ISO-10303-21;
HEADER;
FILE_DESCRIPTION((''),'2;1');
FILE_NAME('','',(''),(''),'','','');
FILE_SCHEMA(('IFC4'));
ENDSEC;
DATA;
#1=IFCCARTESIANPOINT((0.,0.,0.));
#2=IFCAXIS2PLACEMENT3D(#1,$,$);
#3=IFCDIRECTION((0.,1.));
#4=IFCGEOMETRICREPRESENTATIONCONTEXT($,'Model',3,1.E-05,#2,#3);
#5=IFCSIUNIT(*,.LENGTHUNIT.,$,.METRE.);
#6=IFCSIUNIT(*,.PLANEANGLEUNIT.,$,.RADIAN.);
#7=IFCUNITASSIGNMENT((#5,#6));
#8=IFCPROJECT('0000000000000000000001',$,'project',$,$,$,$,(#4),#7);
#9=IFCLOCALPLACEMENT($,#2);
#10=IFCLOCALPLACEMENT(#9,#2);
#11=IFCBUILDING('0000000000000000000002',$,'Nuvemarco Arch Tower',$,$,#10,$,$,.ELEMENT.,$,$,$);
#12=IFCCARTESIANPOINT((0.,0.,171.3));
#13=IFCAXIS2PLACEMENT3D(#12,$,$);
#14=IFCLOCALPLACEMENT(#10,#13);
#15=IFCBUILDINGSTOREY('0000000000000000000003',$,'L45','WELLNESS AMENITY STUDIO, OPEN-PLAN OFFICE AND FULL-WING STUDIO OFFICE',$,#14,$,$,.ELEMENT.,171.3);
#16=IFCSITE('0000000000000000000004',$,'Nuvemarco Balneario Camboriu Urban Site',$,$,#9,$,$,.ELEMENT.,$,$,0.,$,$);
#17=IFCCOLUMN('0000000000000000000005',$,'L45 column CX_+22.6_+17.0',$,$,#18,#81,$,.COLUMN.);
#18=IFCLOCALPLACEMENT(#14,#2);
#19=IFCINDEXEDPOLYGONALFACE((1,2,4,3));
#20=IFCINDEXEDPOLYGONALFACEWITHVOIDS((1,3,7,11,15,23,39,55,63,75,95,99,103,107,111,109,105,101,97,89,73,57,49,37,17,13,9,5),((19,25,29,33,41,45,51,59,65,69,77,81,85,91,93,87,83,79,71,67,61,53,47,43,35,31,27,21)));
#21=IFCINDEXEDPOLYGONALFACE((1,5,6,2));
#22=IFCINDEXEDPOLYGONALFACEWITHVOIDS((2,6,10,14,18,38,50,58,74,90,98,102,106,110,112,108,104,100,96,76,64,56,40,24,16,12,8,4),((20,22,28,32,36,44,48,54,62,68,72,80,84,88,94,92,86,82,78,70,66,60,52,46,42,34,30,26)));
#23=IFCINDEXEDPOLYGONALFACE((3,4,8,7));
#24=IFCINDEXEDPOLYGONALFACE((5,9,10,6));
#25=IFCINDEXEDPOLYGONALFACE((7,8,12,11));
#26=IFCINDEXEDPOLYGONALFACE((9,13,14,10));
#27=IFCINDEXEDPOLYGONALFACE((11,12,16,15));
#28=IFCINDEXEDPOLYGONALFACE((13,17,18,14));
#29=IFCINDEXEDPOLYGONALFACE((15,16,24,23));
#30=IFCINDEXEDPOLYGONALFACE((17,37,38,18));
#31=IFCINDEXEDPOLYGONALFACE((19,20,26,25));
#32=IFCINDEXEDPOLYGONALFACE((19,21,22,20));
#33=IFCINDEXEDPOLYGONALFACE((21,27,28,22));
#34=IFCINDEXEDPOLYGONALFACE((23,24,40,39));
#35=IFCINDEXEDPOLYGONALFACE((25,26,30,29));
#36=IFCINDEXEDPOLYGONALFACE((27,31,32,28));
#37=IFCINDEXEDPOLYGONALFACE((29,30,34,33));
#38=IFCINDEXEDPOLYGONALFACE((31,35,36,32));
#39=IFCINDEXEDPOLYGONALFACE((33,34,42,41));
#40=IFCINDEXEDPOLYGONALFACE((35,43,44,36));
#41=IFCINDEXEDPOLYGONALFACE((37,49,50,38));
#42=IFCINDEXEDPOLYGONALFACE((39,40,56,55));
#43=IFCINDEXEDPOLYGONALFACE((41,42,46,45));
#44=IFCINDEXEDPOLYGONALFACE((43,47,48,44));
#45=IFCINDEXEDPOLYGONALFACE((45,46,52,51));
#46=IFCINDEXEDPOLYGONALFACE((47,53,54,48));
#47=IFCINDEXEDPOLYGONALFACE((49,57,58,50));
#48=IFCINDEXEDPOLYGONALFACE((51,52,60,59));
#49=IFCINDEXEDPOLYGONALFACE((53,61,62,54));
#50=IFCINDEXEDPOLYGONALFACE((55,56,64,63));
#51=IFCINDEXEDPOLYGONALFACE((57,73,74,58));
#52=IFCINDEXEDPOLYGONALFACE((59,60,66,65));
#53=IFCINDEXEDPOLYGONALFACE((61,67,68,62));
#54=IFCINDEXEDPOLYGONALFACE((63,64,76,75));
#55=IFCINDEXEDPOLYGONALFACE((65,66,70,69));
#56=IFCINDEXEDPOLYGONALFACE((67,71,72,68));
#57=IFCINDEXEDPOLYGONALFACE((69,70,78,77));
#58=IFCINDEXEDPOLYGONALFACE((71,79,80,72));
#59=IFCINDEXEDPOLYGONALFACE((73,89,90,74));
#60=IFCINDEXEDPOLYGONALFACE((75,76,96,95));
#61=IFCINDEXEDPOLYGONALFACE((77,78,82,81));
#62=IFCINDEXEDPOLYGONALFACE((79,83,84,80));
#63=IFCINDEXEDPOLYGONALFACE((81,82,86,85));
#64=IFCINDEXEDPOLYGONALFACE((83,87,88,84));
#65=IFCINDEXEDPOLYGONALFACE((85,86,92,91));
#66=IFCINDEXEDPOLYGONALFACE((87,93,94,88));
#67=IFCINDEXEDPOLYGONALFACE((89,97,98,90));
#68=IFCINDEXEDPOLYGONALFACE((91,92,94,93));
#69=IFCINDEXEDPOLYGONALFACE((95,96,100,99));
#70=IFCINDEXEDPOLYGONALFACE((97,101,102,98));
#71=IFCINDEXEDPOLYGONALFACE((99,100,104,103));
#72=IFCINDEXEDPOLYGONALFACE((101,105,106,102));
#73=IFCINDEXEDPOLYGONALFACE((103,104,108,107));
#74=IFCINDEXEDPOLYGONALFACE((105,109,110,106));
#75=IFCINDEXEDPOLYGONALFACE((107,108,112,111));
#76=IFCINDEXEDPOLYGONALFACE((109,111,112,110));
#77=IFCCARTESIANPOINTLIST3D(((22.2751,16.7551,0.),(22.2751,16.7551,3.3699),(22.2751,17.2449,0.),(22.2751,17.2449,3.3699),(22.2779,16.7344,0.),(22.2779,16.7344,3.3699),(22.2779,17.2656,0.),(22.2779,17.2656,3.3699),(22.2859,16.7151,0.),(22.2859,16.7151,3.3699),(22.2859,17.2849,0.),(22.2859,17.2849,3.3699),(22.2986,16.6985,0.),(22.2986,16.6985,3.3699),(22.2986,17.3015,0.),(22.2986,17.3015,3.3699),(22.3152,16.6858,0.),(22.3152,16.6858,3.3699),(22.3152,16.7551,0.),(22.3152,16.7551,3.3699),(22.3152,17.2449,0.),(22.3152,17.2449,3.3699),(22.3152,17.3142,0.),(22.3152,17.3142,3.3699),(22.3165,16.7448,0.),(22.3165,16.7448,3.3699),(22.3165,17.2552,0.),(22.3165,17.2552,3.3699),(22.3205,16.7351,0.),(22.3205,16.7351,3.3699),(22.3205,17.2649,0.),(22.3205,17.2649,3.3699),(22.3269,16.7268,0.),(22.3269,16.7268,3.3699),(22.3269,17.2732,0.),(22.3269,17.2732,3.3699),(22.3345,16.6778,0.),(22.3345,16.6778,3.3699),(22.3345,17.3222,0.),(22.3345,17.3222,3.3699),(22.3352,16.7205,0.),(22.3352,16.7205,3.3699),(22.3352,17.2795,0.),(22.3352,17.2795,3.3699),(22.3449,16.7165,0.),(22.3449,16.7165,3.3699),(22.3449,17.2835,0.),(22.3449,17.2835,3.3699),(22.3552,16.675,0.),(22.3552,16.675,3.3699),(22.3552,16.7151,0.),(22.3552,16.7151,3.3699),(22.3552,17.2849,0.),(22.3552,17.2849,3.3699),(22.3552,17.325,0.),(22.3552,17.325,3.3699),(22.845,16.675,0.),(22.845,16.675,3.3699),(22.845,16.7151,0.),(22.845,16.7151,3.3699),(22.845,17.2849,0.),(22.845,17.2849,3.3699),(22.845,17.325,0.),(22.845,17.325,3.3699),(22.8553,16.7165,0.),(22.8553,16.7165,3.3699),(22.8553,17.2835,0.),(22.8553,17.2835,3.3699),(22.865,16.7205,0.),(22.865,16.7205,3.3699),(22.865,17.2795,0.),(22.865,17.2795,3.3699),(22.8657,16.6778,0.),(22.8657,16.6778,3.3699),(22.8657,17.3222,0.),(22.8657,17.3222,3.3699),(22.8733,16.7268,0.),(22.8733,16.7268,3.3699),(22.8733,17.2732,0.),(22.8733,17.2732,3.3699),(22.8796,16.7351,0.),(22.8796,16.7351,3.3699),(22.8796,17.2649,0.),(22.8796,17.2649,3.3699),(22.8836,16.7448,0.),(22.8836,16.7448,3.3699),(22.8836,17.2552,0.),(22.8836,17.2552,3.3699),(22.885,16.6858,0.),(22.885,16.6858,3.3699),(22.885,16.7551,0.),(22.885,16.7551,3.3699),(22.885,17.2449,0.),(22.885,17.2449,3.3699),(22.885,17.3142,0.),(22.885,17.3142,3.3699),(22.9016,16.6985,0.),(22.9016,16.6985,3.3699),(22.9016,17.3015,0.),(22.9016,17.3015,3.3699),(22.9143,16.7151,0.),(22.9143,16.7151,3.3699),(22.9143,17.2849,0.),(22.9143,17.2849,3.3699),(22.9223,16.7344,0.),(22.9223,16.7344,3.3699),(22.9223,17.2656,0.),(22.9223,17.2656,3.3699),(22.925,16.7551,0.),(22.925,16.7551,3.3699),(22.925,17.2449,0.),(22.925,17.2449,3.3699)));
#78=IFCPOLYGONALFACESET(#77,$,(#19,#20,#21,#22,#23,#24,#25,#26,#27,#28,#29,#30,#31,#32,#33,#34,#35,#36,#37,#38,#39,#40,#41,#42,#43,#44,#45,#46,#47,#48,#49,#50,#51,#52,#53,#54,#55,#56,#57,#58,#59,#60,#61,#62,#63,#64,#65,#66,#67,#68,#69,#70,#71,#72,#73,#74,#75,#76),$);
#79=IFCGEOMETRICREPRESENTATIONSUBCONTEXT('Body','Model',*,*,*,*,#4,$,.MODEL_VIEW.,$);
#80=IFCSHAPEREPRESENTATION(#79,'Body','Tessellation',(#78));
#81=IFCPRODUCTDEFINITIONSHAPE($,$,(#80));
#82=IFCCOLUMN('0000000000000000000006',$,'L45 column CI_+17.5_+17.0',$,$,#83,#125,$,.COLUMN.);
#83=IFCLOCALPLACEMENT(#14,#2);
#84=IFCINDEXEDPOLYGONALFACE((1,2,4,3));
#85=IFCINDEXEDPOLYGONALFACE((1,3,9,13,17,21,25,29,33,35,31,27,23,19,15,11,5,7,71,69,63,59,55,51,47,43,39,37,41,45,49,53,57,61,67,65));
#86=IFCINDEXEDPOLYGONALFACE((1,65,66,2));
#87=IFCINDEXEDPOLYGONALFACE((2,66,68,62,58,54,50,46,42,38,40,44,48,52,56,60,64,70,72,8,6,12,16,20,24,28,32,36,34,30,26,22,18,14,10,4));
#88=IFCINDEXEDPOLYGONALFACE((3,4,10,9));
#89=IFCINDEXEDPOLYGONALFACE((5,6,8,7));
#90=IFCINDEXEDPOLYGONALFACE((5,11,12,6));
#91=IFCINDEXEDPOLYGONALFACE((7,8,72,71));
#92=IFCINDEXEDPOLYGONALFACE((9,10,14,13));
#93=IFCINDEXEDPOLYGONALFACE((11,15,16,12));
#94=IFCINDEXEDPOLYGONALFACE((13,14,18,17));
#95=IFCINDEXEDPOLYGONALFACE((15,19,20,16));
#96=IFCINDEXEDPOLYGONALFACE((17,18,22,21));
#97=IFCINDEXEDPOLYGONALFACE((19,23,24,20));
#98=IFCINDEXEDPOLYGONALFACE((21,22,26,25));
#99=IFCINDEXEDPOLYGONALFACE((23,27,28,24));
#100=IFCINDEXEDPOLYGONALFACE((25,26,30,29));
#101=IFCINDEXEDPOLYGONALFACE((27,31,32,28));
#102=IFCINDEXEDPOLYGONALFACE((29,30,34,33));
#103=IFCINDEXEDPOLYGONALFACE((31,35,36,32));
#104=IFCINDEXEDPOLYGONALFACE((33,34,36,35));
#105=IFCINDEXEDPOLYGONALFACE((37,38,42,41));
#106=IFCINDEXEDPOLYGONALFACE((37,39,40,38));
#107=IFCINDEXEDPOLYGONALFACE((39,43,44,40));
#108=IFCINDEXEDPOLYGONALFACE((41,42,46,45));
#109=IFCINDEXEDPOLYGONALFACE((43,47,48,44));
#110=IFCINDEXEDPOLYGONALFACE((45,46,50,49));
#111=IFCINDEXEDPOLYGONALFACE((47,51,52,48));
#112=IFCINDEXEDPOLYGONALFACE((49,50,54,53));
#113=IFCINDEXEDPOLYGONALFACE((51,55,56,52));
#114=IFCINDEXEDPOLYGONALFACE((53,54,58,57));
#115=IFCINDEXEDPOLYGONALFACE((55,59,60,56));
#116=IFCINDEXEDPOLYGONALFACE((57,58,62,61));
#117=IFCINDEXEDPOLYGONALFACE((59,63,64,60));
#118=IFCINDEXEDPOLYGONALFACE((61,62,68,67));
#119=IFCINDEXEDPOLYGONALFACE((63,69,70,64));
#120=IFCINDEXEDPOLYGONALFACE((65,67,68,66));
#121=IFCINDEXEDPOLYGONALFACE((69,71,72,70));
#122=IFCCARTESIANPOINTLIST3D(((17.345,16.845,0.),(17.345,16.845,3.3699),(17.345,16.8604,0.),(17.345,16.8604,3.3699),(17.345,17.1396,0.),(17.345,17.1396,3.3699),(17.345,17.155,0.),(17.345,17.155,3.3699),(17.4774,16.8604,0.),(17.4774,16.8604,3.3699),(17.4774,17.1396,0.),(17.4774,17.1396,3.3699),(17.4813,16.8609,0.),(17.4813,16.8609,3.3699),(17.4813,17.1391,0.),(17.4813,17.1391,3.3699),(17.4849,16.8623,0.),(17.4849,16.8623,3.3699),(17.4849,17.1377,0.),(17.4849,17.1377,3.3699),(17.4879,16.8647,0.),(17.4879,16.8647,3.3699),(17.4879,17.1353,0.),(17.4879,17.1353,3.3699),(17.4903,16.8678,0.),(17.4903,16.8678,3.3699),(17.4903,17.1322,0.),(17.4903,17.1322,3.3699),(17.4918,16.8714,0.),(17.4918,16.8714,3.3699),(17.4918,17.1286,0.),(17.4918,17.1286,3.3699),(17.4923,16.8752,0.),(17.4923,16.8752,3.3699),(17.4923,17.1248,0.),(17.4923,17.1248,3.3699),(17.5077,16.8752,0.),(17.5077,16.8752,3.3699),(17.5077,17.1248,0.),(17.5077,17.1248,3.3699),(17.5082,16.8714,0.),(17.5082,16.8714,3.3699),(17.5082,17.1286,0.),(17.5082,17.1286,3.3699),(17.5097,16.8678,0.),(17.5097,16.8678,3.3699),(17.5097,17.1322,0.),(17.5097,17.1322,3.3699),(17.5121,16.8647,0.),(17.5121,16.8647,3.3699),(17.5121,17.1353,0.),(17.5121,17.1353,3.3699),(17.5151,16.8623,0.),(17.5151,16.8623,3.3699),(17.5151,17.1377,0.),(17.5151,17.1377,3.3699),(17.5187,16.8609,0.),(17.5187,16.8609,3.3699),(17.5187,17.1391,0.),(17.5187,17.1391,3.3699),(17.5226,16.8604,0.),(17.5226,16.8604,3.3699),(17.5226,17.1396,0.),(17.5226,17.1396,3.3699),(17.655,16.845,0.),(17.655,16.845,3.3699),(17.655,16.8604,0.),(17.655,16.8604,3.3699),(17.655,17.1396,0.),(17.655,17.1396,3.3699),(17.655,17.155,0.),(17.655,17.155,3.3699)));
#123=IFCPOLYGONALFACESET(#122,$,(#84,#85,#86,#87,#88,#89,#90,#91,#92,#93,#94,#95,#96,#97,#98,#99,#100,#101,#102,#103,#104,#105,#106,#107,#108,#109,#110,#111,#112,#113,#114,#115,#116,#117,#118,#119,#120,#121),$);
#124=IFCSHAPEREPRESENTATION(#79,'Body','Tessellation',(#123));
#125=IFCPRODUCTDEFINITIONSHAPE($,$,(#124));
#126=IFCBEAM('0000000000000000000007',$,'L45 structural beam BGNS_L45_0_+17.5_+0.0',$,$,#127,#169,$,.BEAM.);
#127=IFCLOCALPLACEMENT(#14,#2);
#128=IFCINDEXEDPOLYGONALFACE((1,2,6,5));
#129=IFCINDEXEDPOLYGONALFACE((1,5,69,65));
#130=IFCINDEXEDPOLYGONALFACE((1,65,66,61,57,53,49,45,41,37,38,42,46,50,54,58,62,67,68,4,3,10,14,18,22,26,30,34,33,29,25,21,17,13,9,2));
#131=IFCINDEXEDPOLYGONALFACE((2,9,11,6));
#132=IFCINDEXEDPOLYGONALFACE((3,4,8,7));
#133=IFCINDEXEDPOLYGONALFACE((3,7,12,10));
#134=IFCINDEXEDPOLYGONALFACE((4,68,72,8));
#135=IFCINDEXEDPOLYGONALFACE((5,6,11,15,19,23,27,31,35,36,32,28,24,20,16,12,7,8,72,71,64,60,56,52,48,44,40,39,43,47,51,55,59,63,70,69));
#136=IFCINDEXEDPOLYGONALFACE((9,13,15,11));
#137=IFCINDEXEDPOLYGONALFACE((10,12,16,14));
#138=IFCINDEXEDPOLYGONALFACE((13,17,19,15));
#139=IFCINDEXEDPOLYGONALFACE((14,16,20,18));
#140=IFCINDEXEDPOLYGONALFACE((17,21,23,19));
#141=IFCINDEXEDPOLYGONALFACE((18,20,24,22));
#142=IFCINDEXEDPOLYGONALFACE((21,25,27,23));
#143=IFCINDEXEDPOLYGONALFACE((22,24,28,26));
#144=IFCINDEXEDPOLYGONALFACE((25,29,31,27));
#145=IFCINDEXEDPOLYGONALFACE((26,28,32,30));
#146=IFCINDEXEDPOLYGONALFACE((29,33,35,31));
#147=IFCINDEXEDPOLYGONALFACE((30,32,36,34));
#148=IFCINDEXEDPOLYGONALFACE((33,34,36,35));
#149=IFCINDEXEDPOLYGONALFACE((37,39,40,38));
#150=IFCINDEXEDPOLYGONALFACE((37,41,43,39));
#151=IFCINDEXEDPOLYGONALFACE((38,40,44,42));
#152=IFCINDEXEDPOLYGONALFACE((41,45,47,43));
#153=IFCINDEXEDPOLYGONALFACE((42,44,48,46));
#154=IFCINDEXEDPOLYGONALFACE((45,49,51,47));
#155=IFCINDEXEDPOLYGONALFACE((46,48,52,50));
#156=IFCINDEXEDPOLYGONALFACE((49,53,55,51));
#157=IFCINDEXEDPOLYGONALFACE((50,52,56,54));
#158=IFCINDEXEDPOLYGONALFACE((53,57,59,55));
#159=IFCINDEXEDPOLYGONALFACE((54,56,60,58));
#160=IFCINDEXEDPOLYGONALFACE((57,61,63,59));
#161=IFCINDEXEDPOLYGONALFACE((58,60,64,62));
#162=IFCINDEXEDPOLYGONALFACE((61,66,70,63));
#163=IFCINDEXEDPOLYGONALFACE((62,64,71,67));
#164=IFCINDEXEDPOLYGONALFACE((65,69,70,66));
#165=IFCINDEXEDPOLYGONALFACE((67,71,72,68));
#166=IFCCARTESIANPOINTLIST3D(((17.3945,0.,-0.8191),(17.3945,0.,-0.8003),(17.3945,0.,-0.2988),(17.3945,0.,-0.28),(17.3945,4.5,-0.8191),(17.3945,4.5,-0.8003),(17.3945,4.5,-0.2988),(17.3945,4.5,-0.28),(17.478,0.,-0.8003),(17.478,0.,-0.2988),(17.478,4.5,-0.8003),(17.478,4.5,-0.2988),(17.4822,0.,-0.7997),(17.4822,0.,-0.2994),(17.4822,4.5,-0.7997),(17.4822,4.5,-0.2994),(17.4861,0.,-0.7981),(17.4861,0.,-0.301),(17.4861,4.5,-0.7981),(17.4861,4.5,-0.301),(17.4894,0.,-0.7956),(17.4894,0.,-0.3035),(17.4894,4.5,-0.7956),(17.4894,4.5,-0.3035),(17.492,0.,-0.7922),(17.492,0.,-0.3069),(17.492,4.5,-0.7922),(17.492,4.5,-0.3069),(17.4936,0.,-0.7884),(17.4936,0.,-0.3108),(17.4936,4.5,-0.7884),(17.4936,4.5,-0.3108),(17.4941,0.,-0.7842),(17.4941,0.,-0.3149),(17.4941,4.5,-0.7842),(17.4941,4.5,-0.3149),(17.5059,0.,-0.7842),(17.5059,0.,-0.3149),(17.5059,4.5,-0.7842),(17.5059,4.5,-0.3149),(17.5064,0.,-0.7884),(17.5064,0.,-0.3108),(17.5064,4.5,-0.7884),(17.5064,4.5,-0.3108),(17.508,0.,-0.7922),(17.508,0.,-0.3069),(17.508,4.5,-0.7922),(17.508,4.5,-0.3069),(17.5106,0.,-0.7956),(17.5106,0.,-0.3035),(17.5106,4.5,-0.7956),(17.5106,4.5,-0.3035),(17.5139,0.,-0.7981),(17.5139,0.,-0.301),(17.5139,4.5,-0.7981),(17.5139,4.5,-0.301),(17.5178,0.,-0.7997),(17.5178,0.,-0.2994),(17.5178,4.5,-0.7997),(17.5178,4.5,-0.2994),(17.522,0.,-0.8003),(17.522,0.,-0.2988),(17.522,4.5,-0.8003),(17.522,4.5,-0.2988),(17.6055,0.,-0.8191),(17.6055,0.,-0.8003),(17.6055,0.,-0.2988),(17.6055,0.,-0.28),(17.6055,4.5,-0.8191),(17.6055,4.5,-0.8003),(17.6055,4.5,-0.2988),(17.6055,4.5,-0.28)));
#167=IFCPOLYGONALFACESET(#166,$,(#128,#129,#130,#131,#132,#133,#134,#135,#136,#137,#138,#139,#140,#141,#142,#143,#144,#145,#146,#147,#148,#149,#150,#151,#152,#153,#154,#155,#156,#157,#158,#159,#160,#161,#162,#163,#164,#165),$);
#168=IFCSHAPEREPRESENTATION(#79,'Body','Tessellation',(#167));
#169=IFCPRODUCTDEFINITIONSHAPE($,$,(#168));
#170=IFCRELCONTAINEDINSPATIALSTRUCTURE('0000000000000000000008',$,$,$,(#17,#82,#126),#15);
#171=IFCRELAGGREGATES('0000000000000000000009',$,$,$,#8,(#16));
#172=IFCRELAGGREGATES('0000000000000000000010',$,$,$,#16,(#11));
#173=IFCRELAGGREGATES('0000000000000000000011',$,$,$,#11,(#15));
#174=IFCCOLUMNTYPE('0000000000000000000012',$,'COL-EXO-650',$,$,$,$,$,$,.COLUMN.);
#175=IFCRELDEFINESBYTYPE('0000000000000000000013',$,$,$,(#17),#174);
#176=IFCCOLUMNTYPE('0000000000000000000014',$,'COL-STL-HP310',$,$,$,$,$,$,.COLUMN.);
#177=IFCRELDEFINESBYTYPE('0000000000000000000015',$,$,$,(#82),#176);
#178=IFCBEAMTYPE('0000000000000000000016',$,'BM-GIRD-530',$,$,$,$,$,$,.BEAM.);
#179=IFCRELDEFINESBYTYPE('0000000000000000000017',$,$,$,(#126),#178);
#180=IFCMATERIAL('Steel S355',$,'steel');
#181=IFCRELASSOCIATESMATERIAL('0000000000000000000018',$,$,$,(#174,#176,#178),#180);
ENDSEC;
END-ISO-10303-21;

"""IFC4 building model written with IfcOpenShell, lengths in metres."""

from ifc_helpers import new_model, si_unit, direction, frame, origin, origin_2d, place, context, subcontext, project, spatial, hollow_rectangle, i_section, extrude, material, material_profile, profile_set, type_object, element, save


model = new_model("IFC4")

# Units and contexts
model_context = context("Model", 3, precision=1e-05, world=origin(), true_north=direction((0.0, 1.0)))
body_context = subcontext(model_context, "Body", "Model", "MODEL_VIEW")
ifc_project = project(units=[si_unit("LENGTHUNIT", "METRE"), si_unit("PLANEANGLEUNIT", "RADIAN")], contexts=[model_context])

# Site, building, storey
site_placement = place(None, origin())
site = spatial("IfcSite", under=ifc_project, at=site_placement, Name="Nuvemarco Balneario Camboriu Urban Site", CompositionType="ELEMENT", RefElevation=0.0)
building_placement = place(site_placement, origin())
building = spatial("IfcBuilding", under=site, at=building_placement, Name="Nuvemarco Arch Tower", CompositionType="ELEMENT")
storey_placement = place(building_placement, frame((0.0, 0.0, 171.3)))
storey = spatial("IfcBuildingStorey", under=building, at=storey_placement, Name="L45", Description="WELLNESS AMENITY STUDIO, OPEN-PLAN OFFICE AND FULL-WING STUDIO OFFICE", CompositionType="ELEMENT", Elevation=171.3)

# Columns
ifc_material_1 = material(Name="Steel S355", Category="steel")
ifc_material_profile_1 = material_profile(ifc_material_1, hollow_rectangle(XDim=0.6499, YDim=0.6499, WallThickness=0.04, InnerFilletRadius=0.04, OuterFilletRadius=0.0801, at=origin_2d()), Name="SHS650x650x40")
ifc_profile_set_1 = profile_set([ifc_material_profile_1], Name="Steel S355")
column_type_1 = type_object("IfcColumnType", Name="COL-EXO-650", PredefinedType="COLUMN", material=ifc_profile_set_1)
for number, where, z_axis, x_axis, name in (
    (1, (22.6001, 17.0, 0.0), (0.0, 0.0, 1.0), (1.0, 0.0, 0.0), "L45 column CX_+22.6_+17.0"),
):
    element("IfcColumn", number, at=place(storey_placement, frame(where, z_axis=z_axis, x_axis=x_axis)), inside=storey, type_object=column_type_1, Name=name, PredefinedType="COLUMN", context=body_context, shape_type="SweptSolid", body=[
        extrude(hollow_rectangle(XDim=0.6499, YDim=0.6499, WallThickness=0.04, InnerFilletRadius=0.04, OuterFilletRadius=0.0801, at=origin_2d()), origin(), (0.0, 0.0, 1.0), 3.3699),
    ])
ifc_material_profile_2 = material_profile(ifc_material_1, i_section(OverallWidth=0.3101, OverallDepth=0.3101, WebThickness=0.0154, FlangeThickness=0.0154, FilletRadius=0.0149, at=origin_2d()), Name="HP310x110")
ifc_profile_set_2 = profile_set([ifc_material_profile_2], Name="Steel S355")
column_type_2 = type_object("IfcColumnType", Name="COL-STL-HP310", PredefinedType="COLUMN", material=ifc_profile_set_2)
column_placement = place(storey_placement, frame((17.5, 17.0, 0.0), z_axis=(0.0, 0.0, 1.0), x_axis=(1.0, 0.0, 0.0)))
element("IfcColumn", 2, at=column_placement, inside=storey, type_object=column_type_2, Name="L45 column CI_+17.5_+17.0", PredefinedType="COLUMN", context=body_context, shape_type="SweptSolid", body=[
    extrude(i_section(OverallWidth=0.3101, OverallDepth=0.3101, WebThickness=0.0154, FlangeThickness=0.0154, FilletRadius=0.0149, at=origin_2d()), origin(), (0.0, 0.0, 1.0), 3.3699),
])

# Beam
ifc_material_profile_3 = material_profile(ifc_material_1, i_section(OverallWidth=0.2109, OverallDepth=0.5391, WebThickness=0.0117, FlangeThickness=0.0188, FilletRadius=0.0161, at=origin_2d()), Name="W530x109")
ifc_profile_set_3 = profile_set([ifc_material_profile_3], Name="Steel S355")
beam_type_1 = type_object("IfcBeamType", Name="BM-GIRD-530", PredefinedType="BEAM", material=ifc_profile_set_3)
beam_1_placement = place(storey_placement, frame((17.5, 0.0, -0.5496), z_axis=(0.0, 1.0, 0.0), x_axis=(-1.0, 0.0, 0.0)))
element("IfcBeam", 3, at=beam_1_placement, inside=storey, type_object=beam_type_1, Name="L45 structural beam BGNS_L45_0_+17.5_+0.0", PredefinedType="BEAM", context=body_context, shape_type="SweptSolid", body=[
    extrude(i_section(OverallWidth=0.2109, OverallDepth=0.5391, WebThickness=0.0117, FlangeThickness=0.0188, FilletRadius=0.0161, at=origin_2d()), origin(), (0.0, 0.0, 1.0), 4.5),
])

save(model, "model.ifc")
